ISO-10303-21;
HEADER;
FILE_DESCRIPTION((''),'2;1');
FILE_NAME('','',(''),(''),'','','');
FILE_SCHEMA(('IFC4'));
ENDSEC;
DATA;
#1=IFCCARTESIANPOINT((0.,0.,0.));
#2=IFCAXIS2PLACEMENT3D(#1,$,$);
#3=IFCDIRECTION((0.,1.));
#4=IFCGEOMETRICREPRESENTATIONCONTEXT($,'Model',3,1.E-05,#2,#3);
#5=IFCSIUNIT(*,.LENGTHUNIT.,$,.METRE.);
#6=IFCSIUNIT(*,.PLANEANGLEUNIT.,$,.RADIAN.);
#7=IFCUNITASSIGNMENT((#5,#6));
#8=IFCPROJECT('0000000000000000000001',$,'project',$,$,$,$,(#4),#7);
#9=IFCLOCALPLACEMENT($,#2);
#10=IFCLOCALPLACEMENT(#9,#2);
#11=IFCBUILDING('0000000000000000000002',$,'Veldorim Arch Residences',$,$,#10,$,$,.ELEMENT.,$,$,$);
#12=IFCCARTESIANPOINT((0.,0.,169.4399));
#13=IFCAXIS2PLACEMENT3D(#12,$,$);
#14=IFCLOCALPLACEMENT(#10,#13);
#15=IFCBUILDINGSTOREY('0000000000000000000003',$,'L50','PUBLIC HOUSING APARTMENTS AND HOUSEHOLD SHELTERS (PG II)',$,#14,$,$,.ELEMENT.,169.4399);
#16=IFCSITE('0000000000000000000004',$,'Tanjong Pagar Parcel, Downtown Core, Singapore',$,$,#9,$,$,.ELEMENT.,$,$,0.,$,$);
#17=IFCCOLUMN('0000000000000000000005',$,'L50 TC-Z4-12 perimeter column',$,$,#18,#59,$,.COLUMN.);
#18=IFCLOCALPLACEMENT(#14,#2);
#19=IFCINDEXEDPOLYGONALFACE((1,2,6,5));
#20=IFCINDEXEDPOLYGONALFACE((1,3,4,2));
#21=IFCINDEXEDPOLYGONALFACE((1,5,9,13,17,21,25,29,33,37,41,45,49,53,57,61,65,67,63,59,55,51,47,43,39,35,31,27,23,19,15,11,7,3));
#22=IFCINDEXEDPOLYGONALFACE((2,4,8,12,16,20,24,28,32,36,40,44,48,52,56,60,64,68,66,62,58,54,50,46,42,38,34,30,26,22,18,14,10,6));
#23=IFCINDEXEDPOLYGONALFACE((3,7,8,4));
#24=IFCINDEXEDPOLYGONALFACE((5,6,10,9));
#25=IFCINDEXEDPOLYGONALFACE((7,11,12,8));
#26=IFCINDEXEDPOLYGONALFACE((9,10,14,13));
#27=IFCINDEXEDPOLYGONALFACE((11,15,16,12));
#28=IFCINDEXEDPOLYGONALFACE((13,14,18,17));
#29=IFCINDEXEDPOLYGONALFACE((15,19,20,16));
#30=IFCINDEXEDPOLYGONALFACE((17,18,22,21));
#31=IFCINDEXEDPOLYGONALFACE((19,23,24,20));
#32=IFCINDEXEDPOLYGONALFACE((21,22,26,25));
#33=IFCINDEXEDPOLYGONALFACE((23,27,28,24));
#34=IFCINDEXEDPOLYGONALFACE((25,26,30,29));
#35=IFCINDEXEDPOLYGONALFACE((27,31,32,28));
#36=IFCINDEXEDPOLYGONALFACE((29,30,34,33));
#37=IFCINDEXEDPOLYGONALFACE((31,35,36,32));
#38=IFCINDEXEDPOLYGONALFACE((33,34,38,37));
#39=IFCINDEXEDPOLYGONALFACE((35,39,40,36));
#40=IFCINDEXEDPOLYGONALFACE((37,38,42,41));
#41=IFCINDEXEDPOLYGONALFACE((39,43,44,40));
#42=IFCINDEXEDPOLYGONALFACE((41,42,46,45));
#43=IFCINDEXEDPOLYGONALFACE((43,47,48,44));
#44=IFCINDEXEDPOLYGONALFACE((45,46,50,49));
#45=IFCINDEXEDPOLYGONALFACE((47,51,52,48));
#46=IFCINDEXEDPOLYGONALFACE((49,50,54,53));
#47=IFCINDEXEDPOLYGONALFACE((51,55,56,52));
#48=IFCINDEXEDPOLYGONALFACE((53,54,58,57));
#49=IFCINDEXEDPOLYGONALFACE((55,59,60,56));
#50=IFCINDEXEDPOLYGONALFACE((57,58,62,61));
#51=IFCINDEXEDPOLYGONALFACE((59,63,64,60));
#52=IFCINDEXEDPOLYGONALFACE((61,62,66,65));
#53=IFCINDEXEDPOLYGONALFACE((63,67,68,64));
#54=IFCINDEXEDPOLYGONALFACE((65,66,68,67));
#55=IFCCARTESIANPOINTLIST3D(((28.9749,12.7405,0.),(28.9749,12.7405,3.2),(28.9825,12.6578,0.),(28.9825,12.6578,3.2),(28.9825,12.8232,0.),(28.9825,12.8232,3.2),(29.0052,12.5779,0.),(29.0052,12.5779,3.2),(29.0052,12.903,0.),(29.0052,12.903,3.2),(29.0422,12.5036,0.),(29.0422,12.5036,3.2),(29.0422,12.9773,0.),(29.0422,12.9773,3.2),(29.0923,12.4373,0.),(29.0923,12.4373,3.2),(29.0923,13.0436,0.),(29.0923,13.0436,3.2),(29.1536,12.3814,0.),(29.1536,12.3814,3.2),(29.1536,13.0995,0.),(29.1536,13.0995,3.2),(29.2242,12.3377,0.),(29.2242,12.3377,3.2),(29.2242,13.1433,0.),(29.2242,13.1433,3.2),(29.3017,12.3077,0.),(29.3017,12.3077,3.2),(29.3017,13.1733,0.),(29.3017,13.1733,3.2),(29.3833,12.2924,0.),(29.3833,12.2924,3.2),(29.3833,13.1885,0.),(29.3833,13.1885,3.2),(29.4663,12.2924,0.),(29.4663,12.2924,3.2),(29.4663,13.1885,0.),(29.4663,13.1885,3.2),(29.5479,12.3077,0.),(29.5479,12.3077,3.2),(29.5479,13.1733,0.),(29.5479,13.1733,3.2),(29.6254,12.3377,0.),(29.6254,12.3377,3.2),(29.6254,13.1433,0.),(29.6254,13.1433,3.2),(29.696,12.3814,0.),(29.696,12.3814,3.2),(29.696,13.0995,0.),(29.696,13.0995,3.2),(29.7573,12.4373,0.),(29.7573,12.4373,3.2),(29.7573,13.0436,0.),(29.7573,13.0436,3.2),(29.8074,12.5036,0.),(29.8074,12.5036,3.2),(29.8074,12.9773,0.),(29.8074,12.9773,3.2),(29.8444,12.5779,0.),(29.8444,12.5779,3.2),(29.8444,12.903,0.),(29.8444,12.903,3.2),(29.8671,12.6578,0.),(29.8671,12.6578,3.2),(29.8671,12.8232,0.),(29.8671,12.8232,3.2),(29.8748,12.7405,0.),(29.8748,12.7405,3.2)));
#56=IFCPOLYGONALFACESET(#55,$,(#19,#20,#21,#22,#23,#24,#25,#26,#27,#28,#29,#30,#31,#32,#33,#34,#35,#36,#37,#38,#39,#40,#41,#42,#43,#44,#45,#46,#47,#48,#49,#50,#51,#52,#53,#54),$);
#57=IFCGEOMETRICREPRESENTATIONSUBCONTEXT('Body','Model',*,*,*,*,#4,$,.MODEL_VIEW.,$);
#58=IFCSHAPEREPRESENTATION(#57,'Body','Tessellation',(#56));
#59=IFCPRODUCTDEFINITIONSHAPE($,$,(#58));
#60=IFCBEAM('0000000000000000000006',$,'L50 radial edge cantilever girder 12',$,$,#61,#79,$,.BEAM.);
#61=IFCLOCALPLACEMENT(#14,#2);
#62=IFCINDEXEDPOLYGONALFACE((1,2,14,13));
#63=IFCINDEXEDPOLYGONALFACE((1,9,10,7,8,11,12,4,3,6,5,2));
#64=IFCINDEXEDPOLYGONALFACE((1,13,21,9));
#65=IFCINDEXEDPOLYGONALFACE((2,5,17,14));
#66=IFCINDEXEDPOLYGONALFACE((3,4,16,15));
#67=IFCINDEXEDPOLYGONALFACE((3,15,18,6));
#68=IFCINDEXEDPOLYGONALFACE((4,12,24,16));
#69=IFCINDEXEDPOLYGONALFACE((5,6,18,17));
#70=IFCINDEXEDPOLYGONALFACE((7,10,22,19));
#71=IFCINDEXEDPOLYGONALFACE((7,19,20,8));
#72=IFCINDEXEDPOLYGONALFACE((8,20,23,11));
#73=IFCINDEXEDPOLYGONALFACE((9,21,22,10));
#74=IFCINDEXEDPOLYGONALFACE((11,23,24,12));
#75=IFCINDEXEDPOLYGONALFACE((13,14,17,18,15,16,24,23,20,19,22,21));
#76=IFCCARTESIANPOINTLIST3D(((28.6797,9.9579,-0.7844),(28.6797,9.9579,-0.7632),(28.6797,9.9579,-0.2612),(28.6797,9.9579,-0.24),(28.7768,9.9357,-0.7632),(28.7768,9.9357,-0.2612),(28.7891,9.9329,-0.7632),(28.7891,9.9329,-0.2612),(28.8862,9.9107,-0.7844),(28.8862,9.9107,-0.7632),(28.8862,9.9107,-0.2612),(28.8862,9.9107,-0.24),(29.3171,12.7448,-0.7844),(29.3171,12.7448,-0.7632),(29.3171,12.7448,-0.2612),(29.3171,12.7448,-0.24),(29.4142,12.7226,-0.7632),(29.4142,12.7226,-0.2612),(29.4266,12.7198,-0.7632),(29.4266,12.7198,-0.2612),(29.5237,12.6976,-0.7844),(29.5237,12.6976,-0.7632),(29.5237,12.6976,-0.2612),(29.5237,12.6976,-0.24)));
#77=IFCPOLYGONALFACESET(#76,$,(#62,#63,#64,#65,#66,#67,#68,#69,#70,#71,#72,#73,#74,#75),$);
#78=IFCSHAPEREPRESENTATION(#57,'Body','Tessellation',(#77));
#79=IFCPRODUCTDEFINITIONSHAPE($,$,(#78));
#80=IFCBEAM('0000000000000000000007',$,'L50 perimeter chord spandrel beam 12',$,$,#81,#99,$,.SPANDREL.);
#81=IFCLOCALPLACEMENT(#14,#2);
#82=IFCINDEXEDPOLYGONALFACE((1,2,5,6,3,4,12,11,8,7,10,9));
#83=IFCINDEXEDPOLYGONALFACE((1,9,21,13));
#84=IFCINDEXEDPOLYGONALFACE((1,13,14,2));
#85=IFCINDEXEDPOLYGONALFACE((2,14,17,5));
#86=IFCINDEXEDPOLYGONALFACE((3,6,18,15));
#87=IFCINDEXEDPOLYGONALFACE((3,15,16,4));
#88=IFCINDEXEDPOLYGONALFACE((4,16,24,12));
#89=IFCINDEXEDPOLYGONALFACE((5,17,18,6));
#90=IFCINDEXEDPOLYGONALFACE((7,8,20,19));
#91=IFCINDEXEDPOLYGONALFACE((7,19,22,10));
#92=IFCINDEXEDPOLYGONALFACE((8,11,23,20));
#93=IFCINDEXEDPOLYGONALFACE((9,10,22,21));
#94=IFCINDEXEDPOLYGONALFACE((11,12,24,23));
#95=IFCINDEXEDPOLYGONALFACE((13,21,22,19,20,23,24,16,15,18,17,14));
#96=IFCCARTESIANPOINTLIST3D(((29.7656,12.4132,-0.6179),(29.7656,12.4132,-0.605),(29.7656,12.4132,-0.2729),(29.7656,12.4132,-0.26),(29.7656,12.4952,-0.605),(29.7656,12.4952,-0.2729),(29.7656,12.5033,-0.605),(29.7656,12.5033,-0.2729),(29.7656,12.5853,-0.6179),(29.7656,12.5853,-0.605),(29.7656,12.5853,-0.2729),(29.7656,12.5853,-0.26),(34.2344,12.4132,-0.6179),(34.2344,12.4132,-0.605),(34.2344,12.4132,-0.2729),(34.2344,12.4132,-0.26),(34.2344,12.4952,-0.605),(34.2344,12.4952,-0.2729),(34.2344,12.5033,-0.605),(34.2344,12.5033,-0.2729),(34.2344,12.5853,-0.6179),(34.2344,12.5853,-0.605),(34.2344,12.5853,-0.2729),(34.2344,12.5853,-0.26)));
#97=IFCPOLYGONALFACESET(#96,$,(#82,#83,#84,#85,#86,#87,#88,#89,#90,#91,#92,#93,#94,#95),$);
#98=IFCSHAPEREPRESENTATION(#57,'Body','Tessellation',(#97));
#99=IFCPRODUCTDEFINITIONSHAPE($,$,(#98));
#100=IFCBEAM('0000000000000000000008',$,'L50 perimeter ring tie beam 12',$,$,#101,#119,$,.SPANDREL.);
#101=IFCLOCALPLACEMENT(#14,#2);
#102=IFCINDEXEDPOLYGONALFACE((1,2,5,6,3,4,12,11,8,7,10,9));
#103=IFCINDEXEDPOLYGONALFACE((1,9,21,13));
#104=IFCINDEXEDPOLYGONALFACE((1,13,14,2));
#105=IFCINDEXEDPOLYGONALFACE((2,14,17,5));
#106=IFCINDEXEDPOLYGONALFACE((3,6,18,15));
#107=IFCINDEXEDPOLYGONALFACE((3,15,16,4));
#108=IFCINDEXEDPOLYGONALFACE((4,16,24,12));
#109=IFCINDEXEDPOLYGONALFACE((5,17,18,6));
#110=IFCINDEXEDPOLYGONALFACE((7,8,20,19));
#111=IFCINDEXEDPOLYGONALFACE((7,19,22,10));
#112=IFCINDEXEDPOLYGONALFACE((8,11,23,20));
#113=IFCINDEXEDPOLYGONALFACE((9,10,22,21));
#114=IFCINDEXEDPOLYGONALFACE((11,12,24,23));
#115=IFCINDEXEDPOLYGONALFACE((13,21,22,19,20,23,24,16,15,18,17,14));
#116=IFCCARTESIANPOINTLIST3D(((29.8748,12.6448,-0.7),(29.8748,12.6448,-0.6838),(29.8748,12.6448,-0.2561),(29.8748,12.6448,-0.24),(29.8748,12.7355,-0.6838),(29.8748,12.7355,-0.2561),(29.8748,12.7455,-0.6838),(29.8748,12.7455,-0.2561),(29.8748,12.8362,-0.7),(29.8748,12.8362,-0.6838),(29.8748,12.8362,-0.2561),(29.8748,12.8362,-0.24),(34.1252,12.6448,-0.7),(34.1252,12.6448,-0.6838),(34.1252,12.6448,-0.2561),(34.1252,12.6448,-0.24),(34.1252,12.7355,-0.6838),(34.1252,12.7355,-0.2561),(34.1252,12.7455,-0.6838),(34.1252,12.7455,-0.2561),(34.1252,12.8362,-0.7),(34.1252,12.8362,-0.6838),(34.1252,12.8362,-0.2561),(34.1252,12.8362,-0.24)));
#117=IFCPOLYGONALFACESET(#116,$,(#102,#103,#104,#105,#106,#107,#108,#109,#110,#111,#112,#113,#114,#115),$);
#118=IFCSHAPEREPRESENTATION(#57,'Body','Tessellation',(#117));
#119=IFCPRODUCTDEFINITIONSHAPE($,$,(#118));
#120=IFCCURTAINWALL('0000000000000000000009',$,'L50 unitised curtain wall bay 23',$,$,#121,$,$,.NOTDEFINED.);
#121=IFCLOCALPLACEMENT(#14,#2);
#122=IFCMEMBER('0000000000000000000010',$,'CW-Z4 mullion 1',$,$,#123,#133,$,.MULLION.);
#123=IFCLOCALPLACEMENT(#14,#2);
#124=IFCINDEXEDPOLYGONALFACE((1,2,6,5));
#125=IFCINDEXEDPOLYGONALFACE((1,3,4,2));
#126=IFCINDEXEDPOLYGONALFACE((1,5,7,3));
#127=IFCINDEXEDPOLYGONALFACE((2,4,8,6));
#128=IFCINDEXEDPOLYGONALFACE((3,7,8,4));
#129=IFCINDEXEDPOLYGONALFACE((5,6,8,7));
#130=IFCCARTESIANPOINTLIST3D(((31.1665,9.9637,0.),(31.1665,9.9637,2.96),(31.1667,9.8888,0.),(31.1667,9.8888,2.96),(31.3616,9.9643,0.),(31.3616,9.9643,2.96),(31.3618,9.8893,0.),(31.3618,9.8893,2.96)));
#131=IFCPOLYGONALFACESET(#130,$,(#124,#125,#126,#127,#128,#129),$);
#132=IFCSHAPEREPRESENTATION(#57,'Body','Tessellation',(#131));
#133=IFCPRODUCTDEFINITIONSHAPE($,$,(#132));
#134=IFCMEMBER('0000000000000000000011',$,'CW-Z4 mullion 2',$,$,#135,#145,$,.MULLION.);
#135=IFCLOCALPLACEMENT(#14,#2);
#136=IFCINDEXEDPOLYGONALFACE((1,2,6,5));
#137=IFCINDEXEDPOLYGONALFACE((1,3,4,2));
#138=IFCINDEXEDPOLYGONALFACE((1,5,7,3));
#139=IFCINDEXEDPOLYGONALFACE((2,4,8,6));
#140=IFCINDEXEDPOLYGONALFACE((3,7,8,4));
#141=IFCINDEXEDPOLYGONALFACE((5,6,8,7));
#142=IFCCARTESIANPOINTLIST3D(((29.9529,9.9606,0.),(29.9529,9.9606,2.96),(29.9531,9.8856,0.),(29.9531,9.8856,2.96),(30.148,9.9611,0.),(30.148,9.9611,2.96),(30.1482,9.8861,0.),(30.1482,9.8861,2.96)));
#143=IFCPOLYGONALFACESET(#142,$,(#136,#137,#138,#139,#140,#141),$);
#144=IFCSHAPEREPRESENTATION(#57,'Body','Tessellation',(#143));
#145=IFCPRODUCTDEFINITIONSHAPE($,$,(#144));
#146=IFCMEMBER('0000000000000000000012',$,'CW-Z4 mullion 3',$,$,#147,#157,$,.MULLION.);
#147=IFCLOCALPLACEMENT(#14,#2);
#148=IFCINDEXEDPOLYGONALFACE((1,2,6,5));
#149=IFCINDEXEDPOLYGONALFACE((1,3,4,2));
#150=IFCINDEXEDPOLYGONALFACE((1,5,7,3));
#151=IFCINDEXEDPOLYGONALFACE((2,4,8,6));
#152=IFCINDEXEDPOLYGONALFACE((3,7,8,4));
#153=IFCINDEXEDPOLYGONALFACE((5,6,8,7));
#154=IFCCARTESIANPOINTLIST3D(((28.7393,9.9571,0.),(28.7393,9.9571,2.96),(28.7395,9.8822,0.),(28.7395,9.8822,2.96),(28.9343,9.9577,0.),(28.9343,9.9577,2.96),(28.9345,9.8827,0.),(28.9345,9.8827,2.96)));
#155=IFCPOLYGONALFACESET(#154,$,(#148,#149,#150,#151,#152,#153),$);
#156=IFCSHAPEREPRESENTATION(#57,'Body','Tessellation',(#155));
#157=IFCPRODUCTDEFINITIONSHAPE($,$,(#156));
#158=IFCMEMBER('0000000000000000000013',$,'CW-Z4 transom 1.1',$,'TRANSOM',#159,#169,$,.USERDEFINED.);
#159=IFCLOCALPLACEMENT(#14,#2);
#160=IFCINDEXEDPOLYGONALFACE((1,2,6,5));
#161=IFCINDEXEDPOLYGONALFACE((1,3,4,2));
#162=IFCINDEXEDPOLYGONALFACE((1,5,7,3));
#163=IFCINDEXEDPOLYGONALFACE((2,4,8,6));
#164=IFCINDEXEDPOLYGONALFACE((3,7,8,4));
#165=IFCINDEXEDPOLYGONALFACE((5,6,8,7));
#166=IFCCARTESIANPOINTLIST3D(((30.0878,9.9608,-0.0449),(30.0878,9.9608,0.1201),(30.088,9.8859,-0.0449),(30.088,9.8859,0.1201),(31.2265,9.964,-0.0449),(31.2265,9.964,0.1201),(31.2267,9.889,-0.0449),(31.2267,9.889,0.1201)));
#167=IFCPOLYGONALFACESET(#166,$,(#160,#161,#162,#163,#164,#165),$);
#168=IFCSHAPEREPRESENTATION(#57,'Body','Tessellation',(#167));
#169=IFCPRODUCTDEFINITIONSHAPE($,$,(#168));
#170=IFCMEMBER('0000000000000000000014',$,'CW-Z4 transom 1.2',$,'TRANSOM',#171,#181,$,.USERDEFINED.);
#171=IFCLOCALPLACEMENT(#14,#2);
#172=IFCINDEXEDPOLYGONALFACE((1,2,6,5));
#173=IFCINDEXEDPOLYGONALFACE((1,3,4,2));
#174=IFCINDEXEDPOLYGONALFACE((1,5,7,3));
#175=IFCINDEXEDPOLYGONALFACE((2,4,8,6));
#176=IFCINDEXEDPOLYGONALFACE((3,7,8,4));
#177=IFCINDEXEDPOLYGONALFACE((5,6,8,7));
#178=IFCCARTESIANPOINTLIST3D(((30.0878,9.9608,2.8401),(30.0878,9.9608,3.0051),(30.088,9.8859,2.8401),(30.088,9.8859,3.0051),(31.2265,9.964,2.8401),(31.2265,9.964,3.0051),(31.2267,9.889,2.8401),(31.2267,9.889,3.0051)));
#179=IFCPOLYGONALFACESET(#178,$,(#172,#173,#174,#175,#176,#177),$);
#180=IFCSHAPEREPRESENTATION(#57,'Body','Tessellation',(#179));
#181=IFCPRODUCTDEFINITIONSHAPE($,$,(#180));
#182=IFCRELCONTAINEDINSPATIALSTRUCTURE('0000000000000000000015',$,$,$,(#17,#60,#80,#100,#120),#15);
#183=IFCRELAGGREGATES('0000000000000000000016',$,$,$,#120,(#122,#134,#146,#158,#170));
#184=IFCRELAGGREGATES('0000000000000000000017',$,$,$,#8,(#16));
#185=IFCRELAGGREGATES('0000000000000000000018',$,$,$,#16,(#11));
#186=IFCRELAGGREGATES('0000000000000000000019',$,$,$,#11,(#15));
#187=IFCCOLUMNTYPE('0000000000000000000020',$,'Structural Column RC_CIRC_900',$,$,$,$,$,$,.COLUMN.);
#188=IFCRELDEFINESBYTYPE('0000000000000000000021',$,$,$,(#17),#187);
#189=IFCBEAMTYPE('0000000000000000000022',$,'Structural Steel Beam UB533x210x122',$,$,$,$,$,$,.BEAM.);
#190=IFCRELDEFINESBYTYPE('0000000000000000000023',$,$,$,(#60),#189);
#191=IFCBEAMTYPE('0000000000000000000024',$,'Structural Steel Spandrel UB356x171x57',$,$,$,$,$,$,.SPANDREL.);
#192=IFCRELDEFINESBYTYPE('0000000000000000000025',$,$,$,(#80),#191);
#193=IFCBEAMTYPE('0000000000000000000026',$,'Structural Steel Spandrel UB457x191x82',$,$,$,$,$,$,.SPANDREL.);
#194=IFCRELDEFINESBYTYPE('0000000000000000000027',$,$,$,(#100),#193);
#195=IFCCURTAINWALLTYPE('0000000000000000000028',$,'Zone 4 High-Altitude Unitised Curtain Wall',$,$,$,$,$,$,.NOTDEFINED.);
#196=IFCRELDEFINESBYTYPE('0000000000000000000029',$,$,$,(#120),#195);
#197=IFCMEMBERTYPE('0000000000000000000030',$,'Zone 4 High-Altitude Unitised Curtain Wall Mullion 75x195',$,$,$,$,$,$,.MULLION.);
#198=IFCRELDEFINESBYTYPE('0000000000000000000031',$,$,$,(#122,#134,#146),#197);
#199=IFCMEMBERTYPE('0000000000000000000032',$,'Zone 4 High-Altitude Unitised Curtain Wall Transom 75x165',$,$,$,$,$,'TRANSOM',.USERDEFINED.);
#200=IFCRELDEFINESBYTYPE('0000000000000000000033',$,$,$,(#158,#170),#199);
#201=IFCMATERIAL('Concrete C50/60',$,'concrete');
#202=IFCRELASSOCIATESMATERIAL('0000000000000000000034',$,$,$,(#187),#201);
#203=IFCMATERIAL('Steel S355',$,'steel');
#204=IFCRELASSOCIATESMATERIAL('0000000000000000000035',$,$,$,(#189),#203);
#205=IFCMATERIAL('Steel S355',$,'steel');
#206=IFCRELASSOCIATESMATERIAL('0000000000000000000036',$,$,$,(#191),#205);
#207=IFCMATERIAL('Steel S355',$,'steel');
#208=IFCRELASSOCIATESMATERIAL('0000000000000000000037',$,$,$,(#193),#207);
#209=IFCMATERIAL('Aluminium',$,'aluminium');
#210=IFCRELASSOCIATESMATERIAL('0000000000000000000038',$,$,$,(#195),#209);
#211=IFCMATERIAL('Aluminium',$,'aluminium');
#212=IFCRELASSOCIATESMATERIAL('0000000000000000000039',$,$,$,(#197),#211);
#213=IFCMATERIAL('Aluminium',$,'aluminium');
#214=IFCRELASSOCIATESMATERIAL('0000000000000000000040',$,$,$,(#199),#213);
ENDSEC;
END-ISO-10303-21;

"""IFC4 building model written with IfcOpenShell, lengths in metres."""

from ifc_helpers import new_model, si_unit, direction, frame, origin, origin_2d, place, context, subcontext, project, spatial, rectangle, circle, i_section, extrude, material, material_profile, profile_set, type_object, element, aggregate, save


model = new_model("IFC4")

# Units and contexts
model_context = context("Model", 3, precision=1e-05, world=origin(), true_north=direction((0.0, 1.0)))
body_context = subcontext(model_context, "Body", "Model", "MODEL_VIEW")
ifc_project = project(units=[si_unit("LENGTHUNIT", "METRE"), si_unit("PLANEANGLEUNIT", "RADIAN")], contexts=[model_context])

# Site, building, storey
site_placement = place(None, origin())
site = spatial("IfcSite", under=ifc_project, at=site_placement, Name="Tanjong Pagar Parcel, Downtown Core, Singapore", CompositionType="ELEMENT", RefElevation=0.0)
building_placement = place(site_placement, origin())
building = spatial("IfcBuilding", under=site, at=building_placement, Name="Veldorim Arch Residences", CompositionType="ELEMENT")
storey_placement = place(building_placement, frame((0.0, 0.0, 169.4399)))
storey = spatial("IfcBuildingStorey", under=building, at=storey_placement, Name="L50", Description="PUBLIC HOUSING APARTMENTS AND HOUSEHOLD SHELTERS (PG II)", CompositionType="ELEMENT", Elevation=169.4399)

# Column
ifc_material_1 = material(Name="Concrete C50/60", Category="concrete")
ifc_material_profile_1 = material_profile(ifc_material_1, circle(Radius=0.45, at=origin_2d()), Name="RC_CIRC_900")
ifc_profile_set_1 = profile_set([ifc_material_profile_1], Name="Concrete C50/60")
column_type = type_object("IfcColumnType", Name="Structural Column RC_CIRC_900", PredefinedType="COLUMN", material=ifc_profile_set_1)
column_placement = place(storey_placement, frame((29.4248, 12.7405, 0.0), z_axis=(0.0, 0.0, 1.0), x_axis=(1.0, 0.0, 0.0)))
element("IfcColumn", 1, at=column_placement, inside=storey, type_object=column_type, Name="L50 TC-Z4-12 perimeter column", PredefinedType="COLUMN", context=body_context, shape_type="SweptSolid", body=[
    extrude(circle(Radius=0.45, at=origin_2d()), origin(), (0.0, 0.0, 1.0), 3.2),
])

# Beams
ifc_material_2 = material(Name="Steel S355", Category="steel")
ifc_material_profile_2 = material_profile(ifc_material_2, i_section(OverallWidth=0.2119, OverallDepth=0.5444, WebThickness=0.0127, FlangeThickness=0.0212, at=origin_2d()), Name="UB533x210x122")
ifc_profile_set_2 = profile_set([ifc_material_profile_2], Name="Steel S355")
beam_type_1 = type_object("IfcBeamType", Name="Structural Steel Beam UB533x210x122", PredefinedType="BEAM", material=ifc_profile_set_2)
beam_1_placement = place(storey_placement, frame((29.4204, 12.7212, -0.5122), z_axis=(-0.222976, -0.974824, 0.0), x_axis=(0.974824, -0.222976, 0.0)))
element("IfcBeam", 2, at=beam_1_placement, inside=storey, type_object=beam_type_1, Name="L50 radial edge cantilever girder 12", PredefinedType="BEAM", context=body_context, shape_type="SweptSolid", body=[
    extrude(i_section(OverallWidth=0.2119, OverallDepth=0.5444, WebThickness=0.0127, FlangeThickness=0.0212, at=origin_2d()), origin(), (0.0, 0.0, 1.0), 2.8589),
])
ifc_material_3 = material(Name="Steel S355", Category="steel")
ifc_material_profile_3 = material_profile(ifc_material_3, i_section(OverallWidth=0.1721, OverallDepth=0.3579, WebThickness=0.0081, FlangeThickness=0.0129, at=origin_2d()), Name="UB356x171x57")
ifc_profile_set_3 = profile_set([ifc_material_profile_3], Name="Steel S355")
beam_type_2 = type_object("IfcBeamType", Name="Structural Steel Spandrel UB356x171x57", PredefinedType="SPANDREL", material=ifc_profile_set_3)
beam_2_placement = place(storey_placement, frame((29.7656, 12.4993, -0.439), z_axis=(1.0, 0.0, 0.0), x_axis=(0.0, 1.0, 0.0)))
element("IfcBeam", 3, at=beam_2_placement, inside=storey, type_object=beam_type_2, Name="L50 perimeter chord spandrel beam 12", PredefinedType="SPANDREL", context=body_context, shape_type="SweptSolid", body=[
    extrude(i_section(OverallWidth=0.1721, OverallDepth=0.3579, WebThickness=0.0081, FlangeThickness=0.0129, at=origin_2d()), origin(), (0.0, 0.0, 1.0), 4.4688),
])
ifc_material_4 = material(Name="Steel S355", Category="steel")
ifc_material_profile_4 = material_profile(ifc_material_4, i_section(OverallWidth=0.1914, OverallDepth=0.46, WebThickness=0.01, FlangeThickness=0.0161, at=origin_2d()), Name="UB457x191x82")
ifc_profile_set_4 = profile_set([ifc_material_profile_4], Name="Steel S355")
beam_type_3 = type_object("IfcBeamType", Name="Structural Steel Spandrel UB457x191x82", PredefinedType="SPANDREL", material=ifc_profile_set_4)
beam_3_placement = place(storey_placement, frame((29.8748, 12.7405, -0.47), z_axis=(1.0, 0.0, 0.0), x_axis=(0.0, 1.0, 0.0)))
element("IfcBeam", 4, at=beam_3_placement, inside=storey, type_object=beam_type_3, Name="L50 perimeter ring tie beam 12", PredefinedType="SPANDREL", context=body_context, shape_type="SweptSolid", body=[
    extrude(i_section(OverallWidth=0.1914, OverallDepth=0.46, WebThickness=0.01, FlangeThickness=0.0161, at=origin_2d()), origin(), (0.0, 0.0, 1.0), 4.2505),
])

# Curtain wall, members
ifc_material_5 = material(Name="Aluminium", Category="aluminium")
curtain_wall_type = type_object("IfcCurtainWallType", Name="Zone 4 High-Altitude Unitised Curtain Wall", PredefinedType="NOTDEFINED", material=ifc_material_5)
curtain_wall_placement = place(storey_placement, origin())
curtain_wall = element("IfcCurtainWall", 5, at=curtain_wall_placement, inside=storey, type_object=curtain_wall_type, Name="L50 unitised curtain wall bay 23", PredefinedType="NOTDEFINED")
ifc_material_6 = material(Name="Aluminium", Category="aluminium")
ifc_material_profile_5 = material_profile(ifc_material_6, rectangle(XDim=0.075, YDim=0.1951, at=origin_2d()), Name="ALU_MUL_75x195")
ifc_profile_set_5 = profile_set([ifc_material_profile_5], Name="Aluminium")
member_type_1 = type_object("IfcMemberType", Name="Zone 4 High-Altitude Unitised Curtain Wall Mullion 75x195", PredefinedType="MULLION", material=ifc_profile_set_5)
member_1_placement = place(storey_placement, frame((31.2642, 9.9265, 0.0), z_axis=(0.0, 0.0, 1.0), x_axis=(0.002678, -0.999996, 0.0)))
member_1 = element("IfcMember", 6, at=member_1_placement, type_object=member_type_1, Name="CW-Z4 mullion 1", PredefinedType="MULLION", context=body_context, shape_type="SweptSolid", body=[
    extrude(rectangle(XDim=0.075, YDim=0.1951, at=origin_2d()), origin(), (0.0, 0.0, 1.0), 2.96),
])
member_2_placement = place(storey_placement, frame((30.0505, 9.9233, 0.0), z_axis=(0.0, 0.0, 1.0), x_axis=(0.002678, -0.999996, 0.0)))
member_2 = element("IfcMember", 7, at=member_2_placement, type_object=member_type_1, Name="CW-Z4 mullion 2", PredefinedType="MULLION", context=body_context, shape_type="SweptSolid", body=[
    extrude(rectangle(XDim=0.075, YDim=0.1951, at=origin_2d()), origin(), (0.0, 0.0, 1.0), 2.96),
])
member_3_placement = place(storey_placement, frame((28.8369, 9.9199, 0.0), z_axis=(0.0, 0.0, 1.0), x_axis=(0.002678, -0.999996, 0.0)))
member_3 = element("IfcMember", 8, at=member_3_placement, type_object=member_type_1, Name="CW-Z4 mullion 3", PredefinedType="MULLION", context=body_context, shape_type="SweptSolid", body=[
    extrude(rectangle(XDim=0.075, YDim=0.1951, at=origin_2d()), origin(), (0.0, 0.0, 1.0), 2.96),
])
ifc_material_7 = material(Name="Aluminium", Category="aluminium")
ifc_material_profile_6 = material_profile(ifc_material_7, rectangle(XDim=0.075, YDim=0.165, at=origin_2d()), Name="ALU_TRN_75x165")
ifc_profile_set_6 = profile_set([ifc_material_profile_6], Name="Aluminium")
member_type_2 = type_object("IfcMemberType", Name="Zone 4 High-Altitude Unitised Curtain Wall Transom 75x165", ElementType="TRANSOM", PredefinedType="USERDEFINED", material=ifc_profile_set_6)
member_4_placement = place(storey_placement, frame((31.2266, 9.9265, 0.0376), z_axis=(-0.999996, -0.002787, 0.0), x_axis=(0.002787, -0.999996, 0.0)))
member_4 = element("IfcMember", 9, at=member_4_placement, type_object=member_type_2, Name="CW-Z4 transom 1.1", ObjectType="TRANSOM", PredefinedType="USERDEFINED", context=body_context, shape_type="SweptSolid", body=[
    extrude(rectangle(XDim=0.075, YDim=0.165, at=origin_2d()), origin(), (0.0, 0.0, 1.0), 1.1387),
])
member_5_placement = place(storey_placement, frame((31.2266, 9.9265, 2.9226), z_axis=(-0.999996, -0.002787, 0.0), x_axis=(0.002787, -0.999996, 0.0)))
member_5 = element("IfcMember", 10, at=member_5_placement, type_object=member_type_2, Name="CW-Z4 transom 1.2", ObjectType="TRANSOM", PredefinedType="USERDEFINED", context=body_context, shape_type="SweptSolid", body=[
    extrude(rectangle(XDim=0.075, YDim=0.165, at=origin_2d()), origin(), (0.0, 0.0, 1.0), 1.1387),
])
aggregate(curtain_wall, [member_1, member_2, member_3, member_4, member_5])

save(model, "model.ifc")
